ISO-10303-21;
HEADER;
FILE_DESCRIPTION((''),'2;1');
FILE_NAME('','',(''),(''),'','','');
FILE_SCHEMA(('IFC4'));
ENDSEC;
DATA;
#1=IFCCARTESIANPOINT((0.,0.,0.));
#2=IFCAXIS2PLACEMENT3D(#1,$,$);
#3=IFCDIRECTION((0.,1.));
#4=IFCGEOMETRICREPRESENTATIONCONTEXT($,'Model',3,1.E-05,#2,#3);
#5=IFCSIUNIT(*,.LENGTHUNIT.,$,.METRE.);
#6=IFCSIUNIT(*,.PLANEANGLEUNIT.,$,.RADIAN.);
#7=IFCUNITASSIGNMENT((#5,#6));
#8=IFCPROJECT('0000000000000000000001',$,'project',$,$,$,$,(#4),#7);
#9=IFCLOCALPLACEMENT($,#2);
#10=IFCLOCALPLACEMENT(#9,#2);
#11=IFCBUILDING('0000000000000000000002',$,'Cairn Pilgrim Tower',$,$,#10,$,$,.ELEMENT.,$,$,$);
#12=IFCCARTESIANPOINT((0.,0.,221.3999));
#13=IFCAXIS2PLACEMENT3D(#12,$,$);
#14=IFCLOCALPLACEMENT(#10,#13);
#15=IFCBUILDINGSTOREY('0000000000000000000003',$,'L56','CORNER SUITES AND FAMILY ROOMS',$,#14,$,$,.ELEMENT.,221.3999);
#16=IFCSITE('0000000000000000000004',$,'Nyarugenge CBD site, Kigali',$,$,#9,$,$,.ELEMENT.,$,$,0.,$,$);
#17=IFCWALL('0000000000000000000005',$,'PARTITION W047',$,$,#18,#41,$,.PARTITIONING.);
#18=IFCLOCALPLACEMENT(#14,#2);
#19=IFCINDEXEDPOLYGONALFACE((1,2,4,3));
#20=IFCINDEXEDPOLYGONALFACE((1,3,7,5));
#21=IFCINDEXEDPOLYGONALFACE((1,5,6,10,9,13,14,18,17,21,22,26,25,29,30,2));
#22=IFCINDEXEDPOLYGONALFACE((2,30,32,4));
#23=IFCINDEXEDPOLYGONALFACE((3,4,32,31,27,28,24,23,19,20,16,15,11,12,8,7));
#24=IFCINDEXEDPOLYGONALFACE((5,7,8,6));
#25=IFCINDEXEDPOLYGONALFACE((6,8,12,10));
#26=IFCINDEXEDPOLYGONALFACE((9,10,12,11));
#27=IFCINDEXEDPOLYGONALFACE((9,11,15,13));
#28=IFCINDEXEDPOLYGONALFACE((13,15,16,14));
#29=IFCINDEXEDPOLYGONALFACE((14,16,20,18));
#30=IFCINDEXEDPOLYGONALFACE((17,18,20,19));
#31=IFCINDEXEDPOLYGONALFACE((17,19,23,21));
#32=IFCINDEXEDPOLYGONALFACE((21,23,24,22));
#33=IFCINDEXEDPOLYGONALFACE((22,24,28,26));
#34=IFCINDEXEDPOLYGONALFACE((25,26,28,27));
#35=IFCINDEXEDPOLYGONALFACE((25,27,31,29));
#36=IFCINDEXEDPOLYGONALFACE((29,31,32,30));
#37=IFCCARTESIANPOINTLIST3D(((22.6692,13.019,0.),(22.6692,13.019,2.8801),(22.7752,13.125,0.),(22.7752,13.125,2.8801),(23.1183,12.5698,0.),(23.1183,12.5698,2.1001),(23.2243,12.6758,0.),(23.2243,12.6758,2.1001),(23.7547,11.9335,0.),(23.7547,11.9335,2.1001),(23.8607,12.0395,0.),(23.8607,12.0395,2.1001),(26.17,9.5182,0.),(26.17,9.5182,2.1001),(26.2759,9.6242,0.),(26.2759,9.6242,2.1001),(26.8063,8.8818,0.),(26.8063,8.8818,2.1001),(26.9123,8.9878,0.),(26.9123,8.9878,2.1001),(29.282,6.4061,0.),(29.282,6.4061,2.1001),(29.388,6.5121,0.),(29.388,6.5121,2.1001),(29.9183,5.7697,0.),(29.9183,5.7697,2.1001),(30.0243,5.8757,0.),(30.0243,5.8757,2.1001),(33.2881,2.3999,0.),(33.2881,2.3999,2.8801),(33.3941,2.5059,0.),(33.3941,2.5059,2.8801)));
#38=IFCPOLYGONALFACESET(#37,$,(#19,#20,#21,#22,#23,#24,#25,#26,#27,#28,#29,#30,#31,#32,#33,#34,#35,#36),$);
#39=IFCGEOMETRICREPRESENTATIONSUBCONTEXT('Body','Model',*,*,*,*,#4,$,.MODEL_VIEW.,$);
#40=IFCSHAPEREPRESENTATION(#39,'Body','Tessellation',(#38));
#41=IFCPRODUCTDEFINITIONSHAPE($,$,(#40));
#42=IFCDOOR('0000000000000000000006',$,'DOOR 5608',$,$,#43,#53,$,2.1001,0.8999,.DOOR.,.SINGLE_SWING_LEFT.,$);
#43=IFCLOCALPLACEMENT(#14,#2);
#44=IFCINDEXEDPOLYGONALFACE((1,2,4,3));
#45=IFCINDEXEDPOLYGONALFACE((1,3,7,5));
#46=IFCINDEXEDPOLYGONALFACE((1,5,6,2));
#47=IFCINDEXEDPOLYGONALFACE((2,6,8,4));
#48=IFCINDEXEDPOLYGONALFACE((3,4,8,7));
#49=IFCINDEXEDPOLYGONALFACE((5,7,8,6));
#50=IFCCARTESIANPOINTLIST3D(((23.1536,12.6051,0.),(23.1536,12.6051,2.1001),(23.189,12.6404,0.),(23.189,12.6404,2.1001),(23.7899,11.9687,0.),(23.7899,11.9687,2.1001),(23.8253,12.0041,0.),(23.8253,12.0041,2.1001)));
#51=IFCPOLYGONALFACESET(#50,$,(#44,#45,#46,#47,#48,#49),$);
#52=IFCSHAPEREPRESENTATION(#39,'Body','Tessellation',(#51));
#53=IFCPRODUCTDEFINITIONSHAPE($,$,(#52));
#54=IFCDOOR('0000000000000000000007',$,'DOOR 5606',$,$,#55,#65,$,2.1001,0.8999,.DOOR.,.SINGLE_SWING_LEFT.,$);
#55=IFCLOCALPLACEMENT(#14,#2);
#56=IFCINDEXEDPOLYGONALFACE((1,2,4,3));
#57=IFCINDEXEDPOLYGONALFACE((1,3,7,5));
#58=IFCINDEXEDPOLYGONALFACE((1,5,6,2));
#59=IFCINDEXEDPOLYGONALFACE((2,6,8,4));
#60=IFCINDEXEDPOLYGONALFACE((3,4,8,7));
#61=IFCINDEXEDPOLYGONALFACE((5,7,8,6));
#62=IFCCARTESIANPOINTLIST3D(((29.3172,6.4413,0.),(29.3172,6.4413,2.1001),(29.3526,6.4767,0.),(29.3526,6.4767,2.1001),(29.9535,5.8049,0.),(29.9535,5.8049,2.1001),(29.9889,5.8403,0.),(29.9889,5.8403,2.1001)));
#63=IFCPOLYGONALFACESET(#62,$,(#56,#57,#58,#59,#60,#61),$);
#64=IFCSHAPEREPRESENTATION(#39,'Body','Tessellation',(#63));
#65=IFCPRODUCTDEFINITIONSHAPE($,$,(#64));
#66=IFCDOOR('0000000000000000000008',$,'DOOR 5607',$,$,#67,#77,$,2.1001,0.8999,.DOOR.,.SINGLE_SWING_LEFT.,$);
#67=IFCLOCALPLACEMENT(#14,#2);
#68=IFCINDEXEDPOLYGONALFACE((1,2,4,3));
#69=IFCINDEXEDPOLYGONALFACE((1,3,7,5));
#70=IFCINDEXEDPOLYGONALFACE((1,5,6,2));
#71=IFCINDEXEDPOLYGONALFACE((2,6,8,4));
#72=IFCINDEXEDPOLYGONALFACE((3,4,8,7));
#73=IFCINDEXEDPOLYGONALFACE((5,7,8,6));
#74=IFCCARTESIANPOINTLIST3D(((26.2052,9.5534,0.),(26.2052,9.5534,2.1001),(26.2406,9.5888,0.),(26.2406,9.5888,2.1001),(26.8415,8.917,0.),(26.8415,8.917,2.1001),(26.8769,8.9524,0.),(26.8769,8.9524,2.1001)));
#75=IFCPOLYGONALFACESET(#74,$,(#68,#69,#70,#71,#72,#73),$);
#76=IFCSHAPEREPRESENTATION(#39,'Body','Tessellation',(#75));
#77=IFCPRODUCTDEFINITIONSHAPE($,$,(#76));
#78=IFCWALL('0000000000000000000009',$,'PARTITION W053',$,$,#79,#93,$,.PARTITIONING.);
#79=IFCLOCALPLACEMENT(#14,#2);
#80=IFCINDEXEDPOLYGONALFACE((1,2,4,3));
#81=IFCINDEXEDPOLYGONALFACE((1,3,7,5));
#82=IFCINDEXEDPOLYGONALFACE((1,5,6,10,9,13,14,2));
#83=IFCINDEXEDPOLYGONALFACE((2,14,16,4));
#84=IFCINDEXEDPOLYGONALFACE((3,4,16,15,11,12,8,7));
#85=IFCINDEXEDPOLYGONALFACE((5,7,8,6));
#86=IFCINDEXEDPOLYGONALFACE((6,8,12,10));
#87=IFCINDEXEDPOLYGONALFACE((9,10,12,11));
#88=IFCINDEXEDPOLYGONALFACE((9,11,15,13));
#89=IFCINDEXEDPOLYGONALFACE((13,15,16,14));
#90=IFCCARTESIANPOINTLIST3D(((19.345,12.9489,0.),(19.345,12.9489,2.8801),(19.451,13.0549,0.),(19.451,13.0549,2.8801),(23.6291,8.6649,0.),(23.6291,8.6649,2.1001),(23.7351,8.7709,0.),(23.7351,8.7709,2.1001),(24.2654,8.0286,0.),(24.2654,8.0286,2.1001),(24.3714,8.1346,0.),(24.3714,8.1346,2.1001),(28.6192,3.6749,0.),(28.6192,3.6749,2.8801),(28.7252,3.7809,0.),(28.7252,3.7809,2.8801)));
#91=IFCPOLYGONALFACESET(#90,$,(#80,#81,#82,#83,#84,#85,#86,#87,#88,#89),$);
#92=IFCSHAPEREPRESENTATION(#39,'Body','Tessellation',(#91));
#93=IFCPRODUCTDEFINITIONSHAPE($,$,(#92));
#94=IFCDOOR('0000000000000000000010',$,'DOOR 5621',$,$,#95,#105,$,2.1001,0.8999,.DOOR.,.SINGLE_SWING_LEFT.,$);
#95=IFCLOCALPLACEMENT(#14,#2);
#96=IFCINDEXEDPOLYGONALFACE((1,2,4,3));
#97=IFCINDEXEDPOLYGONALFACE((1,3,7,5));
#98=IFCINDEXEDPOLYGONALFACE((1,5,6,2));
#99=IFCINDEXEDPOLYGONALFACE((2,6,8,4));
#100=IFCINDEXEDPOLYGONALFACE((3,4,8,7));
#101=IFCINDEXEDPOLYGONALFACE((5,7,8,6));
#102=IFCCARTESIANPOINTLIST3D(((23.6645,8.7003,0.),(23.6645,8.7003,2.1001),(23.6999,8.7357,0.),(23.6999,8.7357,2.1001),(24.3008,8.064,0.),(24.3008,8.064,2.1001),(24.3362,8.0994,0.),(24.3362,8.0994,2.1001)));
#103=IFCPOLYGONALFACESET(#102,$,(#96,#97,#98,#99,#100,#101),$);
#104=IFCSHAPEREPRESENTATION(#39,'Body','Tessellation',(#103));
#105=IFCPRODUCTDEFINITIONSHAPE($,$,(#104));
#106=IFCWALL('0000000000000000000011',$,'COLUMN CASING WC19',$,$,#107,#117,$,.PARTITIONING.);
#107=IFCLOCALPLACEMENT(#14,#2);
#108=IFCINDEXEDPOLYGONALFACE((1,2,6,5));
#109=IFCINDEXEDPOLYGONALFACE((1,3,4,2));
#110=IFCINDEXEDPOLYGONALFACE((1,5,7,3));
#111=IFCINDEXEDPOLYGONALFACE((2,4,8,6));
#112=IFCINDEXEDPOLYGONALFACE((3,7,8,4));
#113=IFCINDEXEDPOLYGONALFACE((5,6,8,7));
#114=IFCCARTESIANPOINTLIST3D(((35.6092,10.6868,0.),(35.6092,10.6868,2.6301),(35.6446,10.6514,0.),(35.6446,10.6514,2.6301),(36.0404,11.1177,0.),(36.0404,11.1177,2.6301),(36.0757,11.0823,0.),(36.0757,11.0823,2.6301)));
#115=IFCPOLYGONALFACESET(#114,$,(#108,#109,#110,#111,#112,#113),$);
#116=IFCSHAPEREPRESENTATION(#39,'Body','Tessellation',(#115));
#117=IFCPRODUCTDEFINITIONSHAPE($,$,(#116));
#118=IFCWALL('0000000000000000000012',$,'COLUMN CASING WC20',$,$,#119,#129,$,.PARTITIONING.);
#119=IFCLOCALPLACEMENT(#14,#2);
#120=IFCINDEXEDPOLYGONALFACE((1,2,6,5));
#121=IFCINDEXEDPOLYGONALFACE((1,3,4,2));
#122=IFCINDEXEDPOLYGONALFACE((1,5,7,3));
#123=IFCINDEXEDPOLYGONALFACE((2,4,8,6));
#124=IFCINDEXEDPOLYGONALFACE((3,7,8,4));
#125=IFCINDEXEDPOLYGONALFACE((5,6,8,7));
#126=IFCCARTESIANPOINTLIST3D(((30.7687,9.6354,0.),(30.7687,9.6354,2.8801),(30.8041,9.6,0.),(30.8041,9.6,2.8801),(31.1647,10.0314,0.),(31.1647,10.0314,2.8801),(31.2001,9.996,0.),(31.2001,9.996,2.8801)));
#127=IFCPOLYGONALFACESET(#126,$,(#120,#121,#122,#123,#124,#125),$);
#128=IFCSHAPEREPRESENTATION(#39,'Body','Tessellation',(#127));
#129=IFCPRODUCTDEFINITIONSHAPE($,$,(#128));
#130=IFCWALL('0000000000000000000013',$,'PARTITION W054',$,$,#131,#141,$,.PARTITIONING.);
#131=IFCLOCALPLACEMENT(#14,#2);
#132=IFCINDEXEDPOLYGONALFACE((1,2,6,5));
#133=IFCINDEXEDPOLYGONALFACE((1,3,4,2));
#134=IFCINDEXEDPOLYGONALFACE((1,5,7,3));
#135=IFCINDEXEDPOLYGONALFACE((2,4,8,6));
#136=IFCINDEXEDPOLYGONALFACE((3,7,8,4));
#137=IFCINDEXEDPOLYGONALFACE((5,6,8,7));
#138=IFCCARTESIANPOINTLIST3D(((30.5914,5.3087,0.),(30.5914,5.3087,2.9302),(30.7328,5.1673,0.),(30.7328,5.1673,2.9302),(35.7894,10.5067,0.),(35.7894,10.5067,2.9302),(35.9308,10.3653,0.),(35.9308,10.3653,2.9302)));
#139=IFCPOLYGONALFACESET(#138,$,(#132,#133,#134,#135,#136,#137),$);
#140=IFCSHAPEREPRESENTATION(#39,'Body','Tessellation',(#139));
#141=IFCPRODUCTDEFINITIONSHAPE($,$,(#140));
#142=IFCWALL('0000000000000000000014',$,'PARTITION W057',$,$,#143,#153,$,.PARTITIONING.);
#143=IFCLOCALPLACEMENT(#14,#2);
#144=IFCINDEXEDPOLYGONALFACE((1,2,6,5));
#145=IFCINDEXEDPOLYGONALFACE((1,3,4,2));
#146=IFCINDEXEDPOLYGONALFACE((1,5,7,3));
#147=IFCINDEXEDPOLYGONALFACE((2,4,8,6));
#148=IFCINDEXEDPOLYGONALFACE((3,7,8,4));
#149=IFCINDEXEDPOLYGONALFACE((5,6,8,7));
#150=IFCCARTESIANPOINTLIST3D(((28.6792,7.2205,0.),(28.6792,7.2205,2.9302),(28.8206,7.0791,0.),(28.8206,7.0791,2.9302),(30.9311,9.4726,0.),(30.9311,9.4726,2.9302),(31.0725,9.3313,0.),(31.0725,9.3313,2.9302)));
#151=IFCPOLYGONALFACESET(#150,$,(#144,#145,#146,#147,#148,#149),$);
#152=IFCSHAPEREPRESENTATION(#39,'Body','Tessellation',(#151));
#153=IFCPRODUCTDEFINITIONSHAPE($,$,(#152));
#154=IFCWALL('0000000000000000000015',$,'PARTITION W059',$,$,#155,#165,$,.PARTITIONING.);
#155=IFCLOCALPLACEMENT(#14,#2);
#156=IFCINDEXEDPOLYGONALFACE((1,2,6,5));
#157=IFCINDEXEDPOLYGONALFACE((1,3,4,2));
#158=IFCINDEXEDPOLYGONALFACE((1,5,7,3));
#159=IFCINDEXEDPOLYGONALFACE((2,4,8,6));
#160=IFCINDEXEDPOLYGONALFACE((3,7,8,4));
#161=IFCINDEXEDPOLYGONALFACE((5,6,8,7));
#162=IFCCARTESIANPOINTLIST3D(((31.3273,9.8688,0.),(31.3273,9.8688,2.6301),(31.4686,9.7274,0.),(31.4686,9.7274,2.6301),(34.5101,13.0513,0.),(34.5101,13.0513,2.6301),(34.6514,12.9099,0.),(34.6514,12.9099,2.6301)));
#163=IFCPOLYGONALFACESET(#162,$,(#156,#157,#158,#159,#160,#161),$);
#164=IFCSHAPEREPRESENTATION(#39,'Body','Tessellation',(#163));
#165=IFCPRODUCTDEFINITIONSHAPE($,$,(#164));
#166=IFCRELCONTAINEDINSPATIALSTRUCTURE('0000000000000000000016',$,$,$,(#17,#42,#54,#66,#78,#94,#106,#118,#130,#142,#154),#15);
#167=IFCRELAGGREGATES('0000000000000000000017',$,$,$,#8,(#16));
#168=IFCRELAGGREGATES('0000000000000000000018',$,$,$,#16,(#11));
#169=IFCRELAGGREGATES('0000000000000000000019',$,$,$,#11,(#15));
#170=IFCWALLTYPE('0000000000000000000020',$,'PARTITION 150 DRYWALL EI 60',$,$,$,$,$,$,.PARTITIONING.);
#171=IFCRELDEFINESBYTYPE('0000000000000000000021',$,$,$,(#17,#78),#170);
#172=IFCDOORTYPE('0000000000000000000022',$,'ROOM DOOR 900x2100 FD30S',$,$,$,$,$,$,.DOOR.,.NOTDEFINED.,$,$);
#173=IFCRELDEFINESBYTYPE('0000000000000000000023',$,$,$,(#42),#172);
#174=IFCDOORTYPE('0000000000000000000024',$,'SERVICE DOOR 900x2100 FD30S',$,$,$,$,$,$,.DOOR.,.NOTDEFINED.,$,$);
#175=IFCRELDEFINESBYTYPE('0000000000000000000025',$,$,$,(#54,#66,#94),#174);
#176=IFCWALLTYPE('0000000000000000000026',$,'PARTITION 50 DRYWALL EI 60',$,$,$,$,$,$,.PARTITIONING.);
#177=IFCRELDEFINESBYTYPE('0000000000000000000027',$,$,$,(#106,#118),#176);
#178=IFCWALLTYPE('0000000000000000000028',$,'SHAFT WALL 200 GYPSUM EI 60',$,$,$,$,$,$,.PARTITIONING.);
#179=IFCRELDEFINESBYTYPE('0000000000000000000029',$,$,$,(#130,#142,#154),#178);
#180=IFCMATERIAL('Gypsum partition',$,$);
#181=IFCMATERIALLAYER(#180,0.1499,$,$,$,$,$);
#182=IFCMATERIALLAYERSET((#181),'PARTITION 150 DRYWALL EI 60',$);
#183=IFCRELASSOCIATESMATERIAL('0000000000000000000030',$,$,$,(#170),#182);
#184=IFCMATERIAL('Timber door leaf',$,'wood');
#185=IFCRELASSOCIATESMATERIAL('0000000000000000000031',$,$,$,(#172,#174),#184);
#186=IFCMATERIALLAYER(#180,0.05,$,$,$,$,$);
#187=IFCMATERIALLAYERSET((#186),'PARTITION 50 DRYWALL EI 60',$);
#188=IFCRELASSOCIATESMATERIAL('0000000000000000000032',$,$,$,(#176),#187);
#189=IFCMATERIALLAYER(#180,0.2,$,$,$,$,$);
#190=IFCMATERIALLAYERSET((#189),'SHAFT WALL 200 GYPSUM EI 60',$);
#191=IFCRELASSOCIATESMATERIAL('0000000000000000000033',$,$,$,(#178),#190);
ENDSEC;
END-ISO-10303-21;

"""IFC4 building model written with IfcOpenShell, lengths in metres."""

from ifc_helpers import new_model, si_unit, direction, frame, frame_2d, origin, place, context, subcontext, project, spatial, rectangle, extrude, material, layer, layer_set, type_object, element, fill, save


model = new_model("IFC4")

# Units and contexts
model_context = context("Model", 3, precision=1e-05, world=origin(), true_north=direction((0.0, 1.0)))
body_context = subcontext(model_context, "Body", "Model", "MODEL_VIEW")
ifc_project = project(units=[si_unit("LENGTHUNIT", "METRE"), si_unit("PLANEANGLEUNIT", "RADIAN")], contexts=[model_context])

# Site, building, storey
site_placement = place(None, origin())
site = spatial("IfcSite", under=ifc_project, at=site_placement, Name="Nyarugenge CBD site, Kigali", CompositionType="ELEMENT", RefElevation=0.0)
building_placement = place(site_placement, origin())
building = spatial("IfcBuilding", under=site, at=building_placement, Name="Cairn Pilgrim Tower", CompositionType="ELEMENT")
storey_placement = place(building_placement, frame((0.0, 0.0, 221.3999)))
storey = spatial("IfcBuildingStorey", under=building, at=storey_placement, Name="L56", Description="CORNER SUITES AND FAMILY ROOMS", CompositionType="ELEMENT", Elevation=221.3999)

# Shared definitions
ifc_material_1 = material(Name="Gypsum partition")
ifc_material_2 = material(Name="Timber door leaf", Category="wood")

# Wall, openings, doors
ifc_layer_1 = layer(ifc_material_1, 0.1499)
ifc_layer_set_1 = layer_set([ifc_layer_1], Name="PARTITION 150 DRYWALL EI 60")
wall_type_1 = type_object("IfcWallType", Name="PARTITION 150 DRYWALL EI 60", PredefinedType="PARTITIONING", material=ifc_layer_set_1)
wall_1_placement = place(storey_placement, frame((33.3411, 2.4529, 0.0), z_axis=(0.0, 0.0, 1.0), x_axis=(-0.707099, 0.707115, 0.0)))
wall_1 = element("IfcWall", 1, at=wall_1_placement, inside=storey, type_object=wall_type_1, Name="PARTITION W047", PredefinedType="PARTITIONING", context=body_context, shape_type="SweptSolid", body=[
    extrude(rectangle(XDim=15.0176, YDim=0.1499, at=frame_2d((7.5088, 0.0))), origin(), (0.0, 0.0, 1.0), 2.8801),
])
opening_1_placement = place(wall_1_placement, frame((4.7656, 0.0, 0.0)))
opening_1 = element("IfcOpeningElement", 2, at=opening_1_placement, cuts=wall_1, PredefinedType="OPENING", context=body_context, shape_type="SweptSolid", body=[
    extrude(rectangle(XDim=0.8999, YDim=2.1001, at=frame_2d((0.45, 1.05))), frame((0.0, 0.085, 0.0), z_axis=(0.0, -1.0, 0.0), x_axis=(1.0, 0.0, 0.0)), (0.0, 0.0, 1.0), 0.1699),
])
opening_2_placement = place(wall_1_placement, frame((9.1667, 0.0, 0.0)))
opening_2 = element("IfcOpeningElement", 3, at=opening_2_placement, cuts=wall_1, PredefinedType="OPENING", context=body_context, shape_type="SweptSolid", body=[
    extrude(rectangle(XDim=0.8999, YDim=2.1001, at=frame_2d((0.45, 1.05))), frame((0.0, 0.085, 0.0), z_axis=(0.0, -1.0, 0.0), x_axis=(1.0, 0.0, 0.0)), (0.0, 0.0, 1.0), 0.1699),
])
opening_3_placement = place(wall_1_placement, frame((13.4824, 0.0, 0.0)))
opening_3 = element("IfcOpeningElement", 4, at=opening_3_placement, cuts=wall_1, PredefinedType="OPENING", context=body_context, shape_type="SweptSolid", body=[
    extrude(rectangle(XDim=0.8999, YDim=2.1001, at=frame_2d((0.45, 1.05))), frame((0.0, 0.085, 0.0), z_axis=(0.0, -1.0, 0.0), x_axis=(1.0, 0.0, 0.0)), (0.0, 0.0, 1.0), 0.1699),
])
door_type_1 = type_object("IfcDoorType", Name="ROOM DOOR 900x2100 FD30S", OperationType="NOTDEFINED", PredefinedType="DOOR", material=ifc_material_2)
door_1_placement = place(opening_3_placement, frame((0.8999, 0.0, 0.0), z_axis=(0.0, 0.0, 1.0), x_axis=(-1.0, 0.0, 0.0)))
door_1 = element("IfcDoor", 5, at=door_1_placement, inside=storey, type_object=door_type_1, Name="DOOR 5608", OperationType="SINGLE_SWING_LEFT", OverallHeight=2.1001, OverallWidth=0.8999, PredefinedType="DOOR", context=body_context, shape_type="SweptSolid", body=[
    extrude(rectangle(XDim=0.8999, YDim=2.1001, at=frame_2d((0.45, 1.05))), frame((0.0, 0.0249, 0.0), z_axis=(0.0, -1.0, 0.0), x_axis=(1.0, 0.0, 0.0)), (0.0, 0.0, 1.0), 0.05),
])
fill(opening_3, door_1)
door_type_2 = type_object("IfcDoorType", Name="SERVICE DOOR 900x2100 FD30S", OperationType="NOTDEFINED", PredefinedType="DOOR", material=ifc_material_2)
door_2_placement = place(opening_1_placement, frame((0.8999, 0.0, 0.0), z_axis=(0.0, 0.0, 1.0), x_axis=(-1.0, 0.0, 0.0)))
door_2 = element("IfcDoor", 6, at=door_2_placement, inside=storey, type_object=door_type_2, Name="DOOR 5606", OperationType="SINGLE_SWING_LEFT", OverallHeight=2.1001, OverallWidth=0.8999, PredefinedType="DOOR", context=body_context, shape_type="SweptSolid", body=[
    extrude(rectangle(XDim=0.8999, YDim=2.1001, at=frame_2d((0.45, 1.05))), frame((0.0, 0.0249, 0.0), z_axis=(0.0, -1.0, 0.0), x_axis=(1.0, 0.0, 0.0)), (0.0, 0.0, 1.0), 0.05),
])
fill(opening_1, door_2)
door_3_placement = place(opening_2_placement, frame((0.8999, 0.0, 0.0), z_axis=(0.0, 0.0, 1.0), x_axis=(-1.0, 0.0, 0.0)))
door_3 = element("IfcDoor", 7, at=door_3_placement, inside=storey, type_object=door_type_2, Name="DOOR 5607", OperationType="SINGLE_SWING_LEFT", OverallHeight=2.1001, OverallWidth=0.8999, PredefinedType="DOOR", context=body_context, shape_type="SweptSolid", body=[
    extrude(rectangle(XDim=0.8999, YDim=2.1001, at=frame_2d((0.45, 1.05))), frame((0.0, 0.0249, 0.0), z_axis=(0.0, -1.0, 0.0), x_axis=(1.0, 0.0, 0.0)), (0.0, 0.0, 1.0), 0.05),
])
fill(opening_2, door_3)

# Wall, opening, door
wall_2_placement = place(storey_placement, frame((28.6721, 3.728, 0.0), z_axis=(0.0, 0.0, 1.0), x_axis=(-0.707116, 0.707097, 0.0)))
wall_2 = element("IfcWall", 8, at=wall_2_placement, inside=storey, type_object=wall_type_1, Name="PARTITION W053", PredefinedType="PARTITIONING", context=body_context, shape_type="SweptSolid", body=[
    extrude(rectangle(XDim=13.1155, YDim=0.1499, at=frame_2d((6.5576, 0.0))), origin(), (0.0, 0.0, 1.0), 2.8801),
])
opening_4_placement = place(wall_2_placement, frame((6.157, 0.0, 0.0)))
opening_4 = element("IfcOpeningElement", 9, at=opening_4_placement, cuts=wall_2, PredefinedType="OPENING", context=body_context, shape_type="SweptSolid", body=[
    extrude(rectangle(XDim=0.8999, YDim=2.1001, at=frame_2d((0.45, 1.05))), frame((0.0, 0.085, 0.0), z_axis=(0.0, -1.0, 0.0), x_axis=(1.0, 0.0, 0.0)), (0.0, 0.0, 1.0), 0.1699),
])
door_4_placement = place(opening_4_placement, origin())
door_4 = element("IfcDoor", 10, at=door_4_placement, inside=storey, type_object=door_type_2, Name="DOOR 5621", OperationType="SINGLE_SWING_LEFT", OverallHeight=2.1001, OverallWidth=0.8999, PredefinedType="DOOR", context=body_context, shape_type="SweptSolid", body=[
    extrude(rectangle(XDim=0.8999, YDim=2.1001, at=frame_2d((0.45, 1.05))), frame((0.0, 0.0249, 0.0), z_axis=(0.0, -1.0, 0.0), x_axis=(1.0, 0.0, 0.0)), (0.0, 0.0, 1.0), 0.05),
])
fill(opening_4, door_4)

# Walls
ifc_layer_2 = layer(ifc_material_1, 0.05)
ifc_layer_set_2 = layer_set([ifc_layer_2], Name="PARTITION 50 DRYWALL EI 60")
wall_type_2 = type_object("IfcWallType", Name="PARTITION 50 DRYWALL EI 60", PredefinedType="PARTITIONING", material=ifc_layer_set_2)
wall_3_placement = place(storey_placement, frame((35.627, 10.6692, 0.0), z_axis=(0.0, 0.0, 1.0), x_axis=(0.707307, 0.706906, 0.0)))
element("IfcWall", 11, at=wall_3_placement, inside=storey, type_object=wall_type_2, Name="COLUMN CASING WC19", PredefinedType="PARTITIONING", context=body_context, shape_type="SweptSolid", body=[
    extrude(rectangle(XDim=0.6096, YDim=0.05, at=frame_2d((0.3047, 0.0))), origin(), (0.0, 0.0, 1.0), 2.6301),
])
wall_4_placement = place(storey_placement, frame((30.7864, 9.6177, 0.0), z_axis=(0.0, 0.0, 1.0), x_axis=(0.707107, 0.707107, 0.0)))
element("IfcWall", 12, at=wall_4_placement, inside=storey, type_object=wall_type_2, Name="COLUMN CASING WC20", PredefinedType="PARTITIONING", context=body_context, shape_type="SweptSolid", body=[
    extrude(rectangle(XDim=0.5601, YDim=0.05, at=frame_2d((0.28, 0.0))), origin(), (0.0, 0.0, 1.0), 2.8801),
])
ifc_layer_3 = layer(ifc_material_1, 0.2)
ifc_layer_set_3 = layer_set([ifc_layer_3], Name="SHAFT WALL 200 GYPSUM EI 60")
wall_type_3 = type_object("IfcWallType", Name="SHAFT WALL 200 GYPSUM EI 60", PredefinedType="PARTITIONING", material=ifc_layer_set_3)
wall_5_placement = place(storey_placement, frame((30.6621, 5.238, 0.0), z_axis=(0.0, 0.0, 1.0), x_axis=(0.707107, 0.707107, 0.0)))
element("IfcWall", 13, at=wall_5_placement, inside=storey, type_object=wall_type_3, Name="PARTITION W054", PredefinedType="PARTITIONING", context=body_context, shape_type="SweptSolid", body=[
    extrude(rectangle(XDim=7.3511, YDim=0.2, at=frame_2d((3.6755, 0.0))), origin(), (0.0, 0.0, 1.0), 2.9302),
])
wall_6_placement = place(storey_placement, frame((28.75, 7.1499, 0.0), z_axis=(0.0, 0.0, 1.0), x_axis=(0.707068, 0.707145, 0.0)))
element("IfcWall", 14, at=wall_6_placement, inside=storey, type_object=wall_type_3, Name="PARTITION W057", PredefinedType="PARTITIONING", context=body_context, shape_type="SweptSolid", body=[
    extrude(rectangle(XDim=3.1848, YDim=0.2, at=frame_2d((1.5923, 0.0))), origin(), (0.0, 0.0, 1.0), 2.9302),
])
wall_7_placement = place(storey_placement, frame((31.3979, 9.7981, 0.0), z_axis=(0.0, 0.0, 1.0), x_axis=(0.707134, 0.70708, 0.0)))
element("IfcWall", 15, at=wall_7_placement, inside=storey, type_object=wall_type_3, Name="PARTITION W059", PredefinedType="PARTITIONING", context=body_context, shape_type="SweptSolid", body=[
    extrude(rectangle(XDim=4.501, YDim=0.2, at=frame_2d((2.2505, 0.0))), origin(), (0.0, 0.0, 1.0), 2.6301),
])

save(model, "model.ifc")
